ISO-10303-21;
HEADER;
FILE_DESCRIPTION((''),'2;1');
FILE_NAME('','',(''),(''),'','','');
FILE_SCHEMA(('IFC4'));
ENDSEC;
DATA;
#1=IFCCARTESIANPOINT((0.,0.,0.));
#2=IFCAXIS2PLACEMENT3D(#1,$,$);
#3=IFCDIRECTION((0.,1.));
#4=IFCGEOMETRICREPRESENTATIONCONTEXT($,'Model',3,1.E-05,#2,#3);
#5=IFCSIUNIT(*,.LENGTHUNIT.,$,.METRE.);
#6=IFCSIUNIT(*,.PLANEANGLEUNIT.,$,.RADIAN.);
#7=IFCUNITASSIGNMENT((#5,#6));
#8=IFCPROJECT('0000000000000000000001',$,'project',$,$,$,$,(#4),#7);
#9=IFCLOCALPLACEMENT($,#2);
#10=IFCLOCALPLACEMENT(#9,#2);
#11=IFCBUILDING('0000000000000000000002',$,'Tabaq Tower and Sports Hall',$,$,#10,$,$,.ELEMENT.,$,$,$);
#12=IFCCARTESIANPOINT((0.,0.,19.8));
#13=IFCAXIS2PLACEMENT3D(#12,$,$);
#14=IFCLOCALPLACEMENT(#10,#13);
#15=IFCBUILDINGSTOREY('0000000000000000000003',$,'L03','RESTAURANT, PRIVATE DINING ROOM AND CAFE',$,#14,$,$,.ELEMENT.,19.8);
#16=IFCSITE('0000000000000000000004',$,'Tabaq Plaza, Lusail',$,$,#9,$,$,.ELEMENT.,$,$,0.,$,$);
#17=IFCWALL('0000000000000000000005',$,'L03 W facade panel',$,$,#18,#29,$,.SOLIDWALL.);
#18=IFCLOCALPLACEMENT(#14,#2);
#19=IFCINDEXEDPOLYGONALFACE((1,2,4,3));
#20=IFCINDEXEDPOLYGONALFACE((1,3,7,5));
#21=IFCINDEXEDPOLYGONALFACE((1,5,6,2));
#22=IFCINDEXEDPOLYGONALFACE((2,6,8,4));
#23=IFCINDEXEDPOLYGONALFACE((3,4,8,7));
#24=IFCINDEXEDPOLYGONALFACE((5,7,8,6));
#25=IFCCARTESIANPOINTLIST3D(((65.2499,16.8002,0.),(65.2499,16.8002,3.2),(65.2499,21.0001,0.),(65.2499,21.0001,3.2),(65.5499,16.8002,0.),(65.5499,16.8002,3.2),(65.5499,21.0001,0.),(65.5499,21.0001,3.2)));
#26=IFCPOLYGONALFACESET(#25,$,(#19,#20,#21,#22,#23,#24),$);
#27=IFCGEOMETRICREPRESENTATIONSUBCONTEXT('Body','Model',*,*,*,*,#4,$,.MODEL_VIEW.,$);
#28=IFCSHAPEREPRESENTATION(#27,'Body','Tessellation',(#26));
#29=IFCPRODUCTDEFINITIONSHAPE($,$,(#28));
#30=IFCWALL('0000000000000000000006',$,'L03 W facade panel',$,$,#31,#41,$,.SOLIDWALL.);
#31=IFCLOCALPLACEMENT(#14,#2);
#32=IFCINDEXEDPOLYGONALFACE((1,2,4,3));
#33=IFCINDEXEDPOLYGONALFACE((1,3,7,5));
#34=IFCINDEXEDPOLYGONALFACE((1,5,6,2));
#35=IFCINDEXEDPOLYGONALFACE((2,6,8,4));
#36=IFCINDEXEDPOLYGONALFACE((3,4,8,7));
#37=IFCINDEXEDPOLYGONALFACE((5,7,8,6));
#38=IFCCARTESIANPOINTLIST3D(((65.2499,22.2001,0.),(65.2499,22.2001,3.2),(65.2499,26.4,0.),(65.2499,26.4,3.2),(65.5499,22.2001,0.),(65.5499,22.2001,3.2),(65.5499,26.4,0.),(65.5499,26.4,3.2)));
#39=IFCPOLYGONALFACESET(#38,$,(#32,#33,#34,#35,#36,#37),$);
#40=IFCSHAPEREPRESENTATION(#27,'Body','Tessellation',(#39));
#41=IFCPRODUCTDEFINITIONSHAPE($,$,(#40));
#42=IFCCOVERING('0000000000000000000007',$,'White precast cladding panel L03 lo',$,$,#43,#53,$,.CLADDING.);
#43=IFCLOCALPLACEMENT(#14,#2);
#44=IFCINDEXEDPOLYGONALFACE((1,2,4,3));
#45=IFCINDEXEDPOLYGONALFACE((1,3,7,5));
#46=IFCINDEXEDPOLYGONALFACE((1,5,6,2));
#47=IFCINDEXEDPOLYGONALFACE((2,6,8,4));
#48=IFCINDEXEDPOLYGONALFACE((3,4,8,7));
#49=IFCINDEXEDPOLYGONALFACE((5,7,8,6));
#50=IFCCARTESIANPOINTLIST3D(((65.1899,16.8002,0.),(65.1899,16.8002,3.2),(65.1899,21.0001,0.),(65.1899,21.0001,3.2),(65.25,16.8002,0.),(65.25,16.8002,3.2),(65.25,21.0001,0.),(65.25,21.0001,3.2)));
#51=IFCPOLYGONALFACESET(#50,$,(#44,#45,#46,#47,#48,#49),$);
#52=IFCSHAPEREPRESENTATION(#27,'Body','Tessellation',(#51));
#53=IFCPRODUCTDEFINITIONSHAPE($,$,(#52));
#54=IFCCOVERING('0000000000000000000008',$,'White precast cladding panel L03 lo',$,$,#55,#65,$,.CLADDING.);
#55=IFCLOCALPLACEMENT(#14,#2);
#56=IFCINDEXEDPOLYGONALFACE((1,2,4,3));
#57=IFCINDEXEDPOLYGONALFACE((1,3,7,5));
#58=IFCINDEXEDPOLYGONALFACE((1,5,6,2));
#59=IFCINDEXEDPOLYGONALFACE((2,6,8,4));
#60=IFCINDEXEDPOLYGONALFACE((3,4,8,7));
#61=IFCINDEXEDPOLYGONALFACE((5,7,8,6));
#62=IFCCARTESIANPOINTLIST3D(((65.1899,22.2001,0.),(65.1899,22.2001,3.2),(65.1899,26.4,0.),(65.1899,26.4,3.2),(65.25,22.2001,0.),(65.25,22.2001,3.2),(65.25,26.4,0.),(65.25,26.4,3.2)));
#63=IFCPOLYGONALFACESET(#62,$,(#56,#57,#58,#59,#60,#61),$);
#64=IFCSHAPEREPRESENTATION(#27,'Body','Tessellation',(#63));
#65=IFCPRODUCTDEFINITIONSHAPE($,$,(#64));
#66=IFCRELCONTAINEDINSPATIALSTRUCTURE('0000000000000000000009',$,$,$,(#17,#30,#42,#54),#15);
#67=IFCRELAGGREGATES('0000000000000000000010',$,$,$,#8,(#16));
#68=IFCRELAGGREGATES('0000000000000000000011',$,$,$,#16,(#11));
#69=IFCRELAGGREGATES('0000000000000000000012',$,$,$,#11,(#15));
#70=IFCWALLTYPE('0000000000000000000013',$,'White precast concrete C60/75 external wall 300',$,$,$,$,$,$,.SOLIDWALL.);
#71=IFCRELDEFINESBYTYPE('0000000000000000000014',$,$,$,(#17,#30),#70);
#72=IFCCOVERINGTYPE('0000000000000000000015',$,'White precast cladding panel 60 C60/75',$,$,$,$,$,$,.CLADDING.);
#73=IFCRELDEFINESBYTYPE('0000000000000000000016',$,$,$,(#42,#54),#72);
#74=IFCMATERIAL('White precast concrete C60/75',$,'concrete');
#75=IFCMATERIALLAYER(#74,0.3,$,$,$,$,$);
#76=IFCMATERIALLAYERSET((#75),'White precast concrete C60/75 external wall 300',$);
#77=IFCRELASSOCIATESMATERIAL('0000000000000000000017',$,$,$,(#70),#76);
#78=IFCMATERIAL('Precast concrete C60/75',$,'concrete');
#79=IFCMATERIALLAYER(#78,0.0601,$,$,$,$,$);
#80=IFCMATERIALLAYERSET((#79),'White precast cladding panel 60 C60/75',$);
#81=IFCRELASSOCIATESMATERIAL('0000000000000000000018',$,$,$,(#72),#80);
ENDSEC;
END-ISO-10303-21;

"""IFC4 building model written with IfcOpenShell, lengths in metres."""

from ifc_helpers import new_model, si_unit, direction, frame, frame_2d, origin, place, context, subcontext, project, spatial, rectangle, extrude, material, layer, layer_set, type_object, element, save


model = new_model("IFC4")

# Units and contexts
model_context = context("Model", 3, precision=1e-05, world=origin(), true_north=direction((0.0, 1.0)))
body_context = subcontext(model_context, "Body", "Model", "MODEL_VIEW")
ifc_project = project(units=[si_unit("LENGTHUNIT", "METRE"), si_unit("PLANEANGLEUNIT", "RADIAN")], contexts=[model_context])

# Site, building, storey
site_placement = place(None, origin())
site = spatial("IfcSite", under=ifc_project, at=site_placement, Name="Tabaq Plaza, Lusail", CompositionType="ELEMENT", RefElevation=0.0)
building_placement = place(site_placement, origin())
building = spatial("IfcBuilding", under=site, at=building_placement, Name="Tabaq Tower and Sports Hall", CompositionType="ELEMENT")
storey_placement = place(building_placement, frame((0.0, 0.0, 19.8)))
storey = spatial("IfcBuildingStorey", under=building, at=storey_placement, Name="L03", Description="RESTAURANT, PRIVATE DINING ROOM AND CAFE", CompositionType="ELEMENT", Elevation=19.8)

# Walls
ifc_material_1 = material(Name="White precast concrete C60/75", Category="concrete")
ifc_layer_1 = layer(ifc_material_1, 0.3)
ifc_layer_set_1 = layer_set([ifc_layer_1], Name="White precast concrete C60/75 external wall 300")
wall_type = type_object("IfcWallType", Name="White precast concrete C60/75 external wall 300", PredefinedType="SOLIDWALL", material=ifc_layer_set_1)
for number, where, z_axis, x_axis, name in (
    (1, (65.3999, 16.8, 0.0), (0.0, 0.0, 1.0), (0.0, 1.0, 0.0), "L03 W facade panel"),
    (2, (65.3999, 22.2, 0.0), (0.0, 0.0, 1.0), (0.0, 1.0, 0.0), "L03 W facade panel"),
):
    element("IfcWall", number, at=place(storey_placement, frame(where, z_axis=z_axis, x_axis=x_axis)), inside=storey, type_object=wall_type, Name=name, PredefinedType="SOLIDWALL", context=body_context, shape_type="SweptSolid", body=[
        extrude(rectangle(XDim=4.2, YDim=0.3, at=frame_2d((2.1001, 0.0))), origin(), (0.0, 0.0, 1.0), 3.2),
    ])

# Coverings
ifc_material_2 = material(Name="Precast concrete C60/75", Category="concrete")
ifc_layer_2 = layer(ifc_material_2, 0.0601)
ifc_layer_set_2 = layer_set([ifc_layer_2], Name="White precast cladding panel 60 C60/75")
covering_type = type_object("IfcCoveringType", Name="White precast cladding panel 60 C60/75", PredefinedType="CLADDING", material=ifc_layer_set_2)
for number, where, z_axis, x_axis, name in (
    (3, (65.22, 16.8, 0.0), (0.0, 0.0, 1.0), (0.0, 1.0, 0.0), "White precast cladding panel L03 lo"),
    (4, (65.22, 22.2, 0.0), (0.0, 0.0, 1.0), (0.0, 1.0, 0.0), "White precast cladding panel L03 lo"),
):
    element("IfcCovering", number, at=place(storey_placement, frame(where, z_axis=z_axis, x_axis=x_axis)), inside=storey, type_object=covering_type, Name=name, PredefinedType="CLADDING", context=body_context, shape_type="SweptSolid", body=[
        extrude(rectangle(XDim=4.2, YDim=0.0601, at=frame_2d((2.1001, 0.0))), origin(), (0.0, 0.0, 1.0), 3.2),
    ])

save(model, "model.ifc")
